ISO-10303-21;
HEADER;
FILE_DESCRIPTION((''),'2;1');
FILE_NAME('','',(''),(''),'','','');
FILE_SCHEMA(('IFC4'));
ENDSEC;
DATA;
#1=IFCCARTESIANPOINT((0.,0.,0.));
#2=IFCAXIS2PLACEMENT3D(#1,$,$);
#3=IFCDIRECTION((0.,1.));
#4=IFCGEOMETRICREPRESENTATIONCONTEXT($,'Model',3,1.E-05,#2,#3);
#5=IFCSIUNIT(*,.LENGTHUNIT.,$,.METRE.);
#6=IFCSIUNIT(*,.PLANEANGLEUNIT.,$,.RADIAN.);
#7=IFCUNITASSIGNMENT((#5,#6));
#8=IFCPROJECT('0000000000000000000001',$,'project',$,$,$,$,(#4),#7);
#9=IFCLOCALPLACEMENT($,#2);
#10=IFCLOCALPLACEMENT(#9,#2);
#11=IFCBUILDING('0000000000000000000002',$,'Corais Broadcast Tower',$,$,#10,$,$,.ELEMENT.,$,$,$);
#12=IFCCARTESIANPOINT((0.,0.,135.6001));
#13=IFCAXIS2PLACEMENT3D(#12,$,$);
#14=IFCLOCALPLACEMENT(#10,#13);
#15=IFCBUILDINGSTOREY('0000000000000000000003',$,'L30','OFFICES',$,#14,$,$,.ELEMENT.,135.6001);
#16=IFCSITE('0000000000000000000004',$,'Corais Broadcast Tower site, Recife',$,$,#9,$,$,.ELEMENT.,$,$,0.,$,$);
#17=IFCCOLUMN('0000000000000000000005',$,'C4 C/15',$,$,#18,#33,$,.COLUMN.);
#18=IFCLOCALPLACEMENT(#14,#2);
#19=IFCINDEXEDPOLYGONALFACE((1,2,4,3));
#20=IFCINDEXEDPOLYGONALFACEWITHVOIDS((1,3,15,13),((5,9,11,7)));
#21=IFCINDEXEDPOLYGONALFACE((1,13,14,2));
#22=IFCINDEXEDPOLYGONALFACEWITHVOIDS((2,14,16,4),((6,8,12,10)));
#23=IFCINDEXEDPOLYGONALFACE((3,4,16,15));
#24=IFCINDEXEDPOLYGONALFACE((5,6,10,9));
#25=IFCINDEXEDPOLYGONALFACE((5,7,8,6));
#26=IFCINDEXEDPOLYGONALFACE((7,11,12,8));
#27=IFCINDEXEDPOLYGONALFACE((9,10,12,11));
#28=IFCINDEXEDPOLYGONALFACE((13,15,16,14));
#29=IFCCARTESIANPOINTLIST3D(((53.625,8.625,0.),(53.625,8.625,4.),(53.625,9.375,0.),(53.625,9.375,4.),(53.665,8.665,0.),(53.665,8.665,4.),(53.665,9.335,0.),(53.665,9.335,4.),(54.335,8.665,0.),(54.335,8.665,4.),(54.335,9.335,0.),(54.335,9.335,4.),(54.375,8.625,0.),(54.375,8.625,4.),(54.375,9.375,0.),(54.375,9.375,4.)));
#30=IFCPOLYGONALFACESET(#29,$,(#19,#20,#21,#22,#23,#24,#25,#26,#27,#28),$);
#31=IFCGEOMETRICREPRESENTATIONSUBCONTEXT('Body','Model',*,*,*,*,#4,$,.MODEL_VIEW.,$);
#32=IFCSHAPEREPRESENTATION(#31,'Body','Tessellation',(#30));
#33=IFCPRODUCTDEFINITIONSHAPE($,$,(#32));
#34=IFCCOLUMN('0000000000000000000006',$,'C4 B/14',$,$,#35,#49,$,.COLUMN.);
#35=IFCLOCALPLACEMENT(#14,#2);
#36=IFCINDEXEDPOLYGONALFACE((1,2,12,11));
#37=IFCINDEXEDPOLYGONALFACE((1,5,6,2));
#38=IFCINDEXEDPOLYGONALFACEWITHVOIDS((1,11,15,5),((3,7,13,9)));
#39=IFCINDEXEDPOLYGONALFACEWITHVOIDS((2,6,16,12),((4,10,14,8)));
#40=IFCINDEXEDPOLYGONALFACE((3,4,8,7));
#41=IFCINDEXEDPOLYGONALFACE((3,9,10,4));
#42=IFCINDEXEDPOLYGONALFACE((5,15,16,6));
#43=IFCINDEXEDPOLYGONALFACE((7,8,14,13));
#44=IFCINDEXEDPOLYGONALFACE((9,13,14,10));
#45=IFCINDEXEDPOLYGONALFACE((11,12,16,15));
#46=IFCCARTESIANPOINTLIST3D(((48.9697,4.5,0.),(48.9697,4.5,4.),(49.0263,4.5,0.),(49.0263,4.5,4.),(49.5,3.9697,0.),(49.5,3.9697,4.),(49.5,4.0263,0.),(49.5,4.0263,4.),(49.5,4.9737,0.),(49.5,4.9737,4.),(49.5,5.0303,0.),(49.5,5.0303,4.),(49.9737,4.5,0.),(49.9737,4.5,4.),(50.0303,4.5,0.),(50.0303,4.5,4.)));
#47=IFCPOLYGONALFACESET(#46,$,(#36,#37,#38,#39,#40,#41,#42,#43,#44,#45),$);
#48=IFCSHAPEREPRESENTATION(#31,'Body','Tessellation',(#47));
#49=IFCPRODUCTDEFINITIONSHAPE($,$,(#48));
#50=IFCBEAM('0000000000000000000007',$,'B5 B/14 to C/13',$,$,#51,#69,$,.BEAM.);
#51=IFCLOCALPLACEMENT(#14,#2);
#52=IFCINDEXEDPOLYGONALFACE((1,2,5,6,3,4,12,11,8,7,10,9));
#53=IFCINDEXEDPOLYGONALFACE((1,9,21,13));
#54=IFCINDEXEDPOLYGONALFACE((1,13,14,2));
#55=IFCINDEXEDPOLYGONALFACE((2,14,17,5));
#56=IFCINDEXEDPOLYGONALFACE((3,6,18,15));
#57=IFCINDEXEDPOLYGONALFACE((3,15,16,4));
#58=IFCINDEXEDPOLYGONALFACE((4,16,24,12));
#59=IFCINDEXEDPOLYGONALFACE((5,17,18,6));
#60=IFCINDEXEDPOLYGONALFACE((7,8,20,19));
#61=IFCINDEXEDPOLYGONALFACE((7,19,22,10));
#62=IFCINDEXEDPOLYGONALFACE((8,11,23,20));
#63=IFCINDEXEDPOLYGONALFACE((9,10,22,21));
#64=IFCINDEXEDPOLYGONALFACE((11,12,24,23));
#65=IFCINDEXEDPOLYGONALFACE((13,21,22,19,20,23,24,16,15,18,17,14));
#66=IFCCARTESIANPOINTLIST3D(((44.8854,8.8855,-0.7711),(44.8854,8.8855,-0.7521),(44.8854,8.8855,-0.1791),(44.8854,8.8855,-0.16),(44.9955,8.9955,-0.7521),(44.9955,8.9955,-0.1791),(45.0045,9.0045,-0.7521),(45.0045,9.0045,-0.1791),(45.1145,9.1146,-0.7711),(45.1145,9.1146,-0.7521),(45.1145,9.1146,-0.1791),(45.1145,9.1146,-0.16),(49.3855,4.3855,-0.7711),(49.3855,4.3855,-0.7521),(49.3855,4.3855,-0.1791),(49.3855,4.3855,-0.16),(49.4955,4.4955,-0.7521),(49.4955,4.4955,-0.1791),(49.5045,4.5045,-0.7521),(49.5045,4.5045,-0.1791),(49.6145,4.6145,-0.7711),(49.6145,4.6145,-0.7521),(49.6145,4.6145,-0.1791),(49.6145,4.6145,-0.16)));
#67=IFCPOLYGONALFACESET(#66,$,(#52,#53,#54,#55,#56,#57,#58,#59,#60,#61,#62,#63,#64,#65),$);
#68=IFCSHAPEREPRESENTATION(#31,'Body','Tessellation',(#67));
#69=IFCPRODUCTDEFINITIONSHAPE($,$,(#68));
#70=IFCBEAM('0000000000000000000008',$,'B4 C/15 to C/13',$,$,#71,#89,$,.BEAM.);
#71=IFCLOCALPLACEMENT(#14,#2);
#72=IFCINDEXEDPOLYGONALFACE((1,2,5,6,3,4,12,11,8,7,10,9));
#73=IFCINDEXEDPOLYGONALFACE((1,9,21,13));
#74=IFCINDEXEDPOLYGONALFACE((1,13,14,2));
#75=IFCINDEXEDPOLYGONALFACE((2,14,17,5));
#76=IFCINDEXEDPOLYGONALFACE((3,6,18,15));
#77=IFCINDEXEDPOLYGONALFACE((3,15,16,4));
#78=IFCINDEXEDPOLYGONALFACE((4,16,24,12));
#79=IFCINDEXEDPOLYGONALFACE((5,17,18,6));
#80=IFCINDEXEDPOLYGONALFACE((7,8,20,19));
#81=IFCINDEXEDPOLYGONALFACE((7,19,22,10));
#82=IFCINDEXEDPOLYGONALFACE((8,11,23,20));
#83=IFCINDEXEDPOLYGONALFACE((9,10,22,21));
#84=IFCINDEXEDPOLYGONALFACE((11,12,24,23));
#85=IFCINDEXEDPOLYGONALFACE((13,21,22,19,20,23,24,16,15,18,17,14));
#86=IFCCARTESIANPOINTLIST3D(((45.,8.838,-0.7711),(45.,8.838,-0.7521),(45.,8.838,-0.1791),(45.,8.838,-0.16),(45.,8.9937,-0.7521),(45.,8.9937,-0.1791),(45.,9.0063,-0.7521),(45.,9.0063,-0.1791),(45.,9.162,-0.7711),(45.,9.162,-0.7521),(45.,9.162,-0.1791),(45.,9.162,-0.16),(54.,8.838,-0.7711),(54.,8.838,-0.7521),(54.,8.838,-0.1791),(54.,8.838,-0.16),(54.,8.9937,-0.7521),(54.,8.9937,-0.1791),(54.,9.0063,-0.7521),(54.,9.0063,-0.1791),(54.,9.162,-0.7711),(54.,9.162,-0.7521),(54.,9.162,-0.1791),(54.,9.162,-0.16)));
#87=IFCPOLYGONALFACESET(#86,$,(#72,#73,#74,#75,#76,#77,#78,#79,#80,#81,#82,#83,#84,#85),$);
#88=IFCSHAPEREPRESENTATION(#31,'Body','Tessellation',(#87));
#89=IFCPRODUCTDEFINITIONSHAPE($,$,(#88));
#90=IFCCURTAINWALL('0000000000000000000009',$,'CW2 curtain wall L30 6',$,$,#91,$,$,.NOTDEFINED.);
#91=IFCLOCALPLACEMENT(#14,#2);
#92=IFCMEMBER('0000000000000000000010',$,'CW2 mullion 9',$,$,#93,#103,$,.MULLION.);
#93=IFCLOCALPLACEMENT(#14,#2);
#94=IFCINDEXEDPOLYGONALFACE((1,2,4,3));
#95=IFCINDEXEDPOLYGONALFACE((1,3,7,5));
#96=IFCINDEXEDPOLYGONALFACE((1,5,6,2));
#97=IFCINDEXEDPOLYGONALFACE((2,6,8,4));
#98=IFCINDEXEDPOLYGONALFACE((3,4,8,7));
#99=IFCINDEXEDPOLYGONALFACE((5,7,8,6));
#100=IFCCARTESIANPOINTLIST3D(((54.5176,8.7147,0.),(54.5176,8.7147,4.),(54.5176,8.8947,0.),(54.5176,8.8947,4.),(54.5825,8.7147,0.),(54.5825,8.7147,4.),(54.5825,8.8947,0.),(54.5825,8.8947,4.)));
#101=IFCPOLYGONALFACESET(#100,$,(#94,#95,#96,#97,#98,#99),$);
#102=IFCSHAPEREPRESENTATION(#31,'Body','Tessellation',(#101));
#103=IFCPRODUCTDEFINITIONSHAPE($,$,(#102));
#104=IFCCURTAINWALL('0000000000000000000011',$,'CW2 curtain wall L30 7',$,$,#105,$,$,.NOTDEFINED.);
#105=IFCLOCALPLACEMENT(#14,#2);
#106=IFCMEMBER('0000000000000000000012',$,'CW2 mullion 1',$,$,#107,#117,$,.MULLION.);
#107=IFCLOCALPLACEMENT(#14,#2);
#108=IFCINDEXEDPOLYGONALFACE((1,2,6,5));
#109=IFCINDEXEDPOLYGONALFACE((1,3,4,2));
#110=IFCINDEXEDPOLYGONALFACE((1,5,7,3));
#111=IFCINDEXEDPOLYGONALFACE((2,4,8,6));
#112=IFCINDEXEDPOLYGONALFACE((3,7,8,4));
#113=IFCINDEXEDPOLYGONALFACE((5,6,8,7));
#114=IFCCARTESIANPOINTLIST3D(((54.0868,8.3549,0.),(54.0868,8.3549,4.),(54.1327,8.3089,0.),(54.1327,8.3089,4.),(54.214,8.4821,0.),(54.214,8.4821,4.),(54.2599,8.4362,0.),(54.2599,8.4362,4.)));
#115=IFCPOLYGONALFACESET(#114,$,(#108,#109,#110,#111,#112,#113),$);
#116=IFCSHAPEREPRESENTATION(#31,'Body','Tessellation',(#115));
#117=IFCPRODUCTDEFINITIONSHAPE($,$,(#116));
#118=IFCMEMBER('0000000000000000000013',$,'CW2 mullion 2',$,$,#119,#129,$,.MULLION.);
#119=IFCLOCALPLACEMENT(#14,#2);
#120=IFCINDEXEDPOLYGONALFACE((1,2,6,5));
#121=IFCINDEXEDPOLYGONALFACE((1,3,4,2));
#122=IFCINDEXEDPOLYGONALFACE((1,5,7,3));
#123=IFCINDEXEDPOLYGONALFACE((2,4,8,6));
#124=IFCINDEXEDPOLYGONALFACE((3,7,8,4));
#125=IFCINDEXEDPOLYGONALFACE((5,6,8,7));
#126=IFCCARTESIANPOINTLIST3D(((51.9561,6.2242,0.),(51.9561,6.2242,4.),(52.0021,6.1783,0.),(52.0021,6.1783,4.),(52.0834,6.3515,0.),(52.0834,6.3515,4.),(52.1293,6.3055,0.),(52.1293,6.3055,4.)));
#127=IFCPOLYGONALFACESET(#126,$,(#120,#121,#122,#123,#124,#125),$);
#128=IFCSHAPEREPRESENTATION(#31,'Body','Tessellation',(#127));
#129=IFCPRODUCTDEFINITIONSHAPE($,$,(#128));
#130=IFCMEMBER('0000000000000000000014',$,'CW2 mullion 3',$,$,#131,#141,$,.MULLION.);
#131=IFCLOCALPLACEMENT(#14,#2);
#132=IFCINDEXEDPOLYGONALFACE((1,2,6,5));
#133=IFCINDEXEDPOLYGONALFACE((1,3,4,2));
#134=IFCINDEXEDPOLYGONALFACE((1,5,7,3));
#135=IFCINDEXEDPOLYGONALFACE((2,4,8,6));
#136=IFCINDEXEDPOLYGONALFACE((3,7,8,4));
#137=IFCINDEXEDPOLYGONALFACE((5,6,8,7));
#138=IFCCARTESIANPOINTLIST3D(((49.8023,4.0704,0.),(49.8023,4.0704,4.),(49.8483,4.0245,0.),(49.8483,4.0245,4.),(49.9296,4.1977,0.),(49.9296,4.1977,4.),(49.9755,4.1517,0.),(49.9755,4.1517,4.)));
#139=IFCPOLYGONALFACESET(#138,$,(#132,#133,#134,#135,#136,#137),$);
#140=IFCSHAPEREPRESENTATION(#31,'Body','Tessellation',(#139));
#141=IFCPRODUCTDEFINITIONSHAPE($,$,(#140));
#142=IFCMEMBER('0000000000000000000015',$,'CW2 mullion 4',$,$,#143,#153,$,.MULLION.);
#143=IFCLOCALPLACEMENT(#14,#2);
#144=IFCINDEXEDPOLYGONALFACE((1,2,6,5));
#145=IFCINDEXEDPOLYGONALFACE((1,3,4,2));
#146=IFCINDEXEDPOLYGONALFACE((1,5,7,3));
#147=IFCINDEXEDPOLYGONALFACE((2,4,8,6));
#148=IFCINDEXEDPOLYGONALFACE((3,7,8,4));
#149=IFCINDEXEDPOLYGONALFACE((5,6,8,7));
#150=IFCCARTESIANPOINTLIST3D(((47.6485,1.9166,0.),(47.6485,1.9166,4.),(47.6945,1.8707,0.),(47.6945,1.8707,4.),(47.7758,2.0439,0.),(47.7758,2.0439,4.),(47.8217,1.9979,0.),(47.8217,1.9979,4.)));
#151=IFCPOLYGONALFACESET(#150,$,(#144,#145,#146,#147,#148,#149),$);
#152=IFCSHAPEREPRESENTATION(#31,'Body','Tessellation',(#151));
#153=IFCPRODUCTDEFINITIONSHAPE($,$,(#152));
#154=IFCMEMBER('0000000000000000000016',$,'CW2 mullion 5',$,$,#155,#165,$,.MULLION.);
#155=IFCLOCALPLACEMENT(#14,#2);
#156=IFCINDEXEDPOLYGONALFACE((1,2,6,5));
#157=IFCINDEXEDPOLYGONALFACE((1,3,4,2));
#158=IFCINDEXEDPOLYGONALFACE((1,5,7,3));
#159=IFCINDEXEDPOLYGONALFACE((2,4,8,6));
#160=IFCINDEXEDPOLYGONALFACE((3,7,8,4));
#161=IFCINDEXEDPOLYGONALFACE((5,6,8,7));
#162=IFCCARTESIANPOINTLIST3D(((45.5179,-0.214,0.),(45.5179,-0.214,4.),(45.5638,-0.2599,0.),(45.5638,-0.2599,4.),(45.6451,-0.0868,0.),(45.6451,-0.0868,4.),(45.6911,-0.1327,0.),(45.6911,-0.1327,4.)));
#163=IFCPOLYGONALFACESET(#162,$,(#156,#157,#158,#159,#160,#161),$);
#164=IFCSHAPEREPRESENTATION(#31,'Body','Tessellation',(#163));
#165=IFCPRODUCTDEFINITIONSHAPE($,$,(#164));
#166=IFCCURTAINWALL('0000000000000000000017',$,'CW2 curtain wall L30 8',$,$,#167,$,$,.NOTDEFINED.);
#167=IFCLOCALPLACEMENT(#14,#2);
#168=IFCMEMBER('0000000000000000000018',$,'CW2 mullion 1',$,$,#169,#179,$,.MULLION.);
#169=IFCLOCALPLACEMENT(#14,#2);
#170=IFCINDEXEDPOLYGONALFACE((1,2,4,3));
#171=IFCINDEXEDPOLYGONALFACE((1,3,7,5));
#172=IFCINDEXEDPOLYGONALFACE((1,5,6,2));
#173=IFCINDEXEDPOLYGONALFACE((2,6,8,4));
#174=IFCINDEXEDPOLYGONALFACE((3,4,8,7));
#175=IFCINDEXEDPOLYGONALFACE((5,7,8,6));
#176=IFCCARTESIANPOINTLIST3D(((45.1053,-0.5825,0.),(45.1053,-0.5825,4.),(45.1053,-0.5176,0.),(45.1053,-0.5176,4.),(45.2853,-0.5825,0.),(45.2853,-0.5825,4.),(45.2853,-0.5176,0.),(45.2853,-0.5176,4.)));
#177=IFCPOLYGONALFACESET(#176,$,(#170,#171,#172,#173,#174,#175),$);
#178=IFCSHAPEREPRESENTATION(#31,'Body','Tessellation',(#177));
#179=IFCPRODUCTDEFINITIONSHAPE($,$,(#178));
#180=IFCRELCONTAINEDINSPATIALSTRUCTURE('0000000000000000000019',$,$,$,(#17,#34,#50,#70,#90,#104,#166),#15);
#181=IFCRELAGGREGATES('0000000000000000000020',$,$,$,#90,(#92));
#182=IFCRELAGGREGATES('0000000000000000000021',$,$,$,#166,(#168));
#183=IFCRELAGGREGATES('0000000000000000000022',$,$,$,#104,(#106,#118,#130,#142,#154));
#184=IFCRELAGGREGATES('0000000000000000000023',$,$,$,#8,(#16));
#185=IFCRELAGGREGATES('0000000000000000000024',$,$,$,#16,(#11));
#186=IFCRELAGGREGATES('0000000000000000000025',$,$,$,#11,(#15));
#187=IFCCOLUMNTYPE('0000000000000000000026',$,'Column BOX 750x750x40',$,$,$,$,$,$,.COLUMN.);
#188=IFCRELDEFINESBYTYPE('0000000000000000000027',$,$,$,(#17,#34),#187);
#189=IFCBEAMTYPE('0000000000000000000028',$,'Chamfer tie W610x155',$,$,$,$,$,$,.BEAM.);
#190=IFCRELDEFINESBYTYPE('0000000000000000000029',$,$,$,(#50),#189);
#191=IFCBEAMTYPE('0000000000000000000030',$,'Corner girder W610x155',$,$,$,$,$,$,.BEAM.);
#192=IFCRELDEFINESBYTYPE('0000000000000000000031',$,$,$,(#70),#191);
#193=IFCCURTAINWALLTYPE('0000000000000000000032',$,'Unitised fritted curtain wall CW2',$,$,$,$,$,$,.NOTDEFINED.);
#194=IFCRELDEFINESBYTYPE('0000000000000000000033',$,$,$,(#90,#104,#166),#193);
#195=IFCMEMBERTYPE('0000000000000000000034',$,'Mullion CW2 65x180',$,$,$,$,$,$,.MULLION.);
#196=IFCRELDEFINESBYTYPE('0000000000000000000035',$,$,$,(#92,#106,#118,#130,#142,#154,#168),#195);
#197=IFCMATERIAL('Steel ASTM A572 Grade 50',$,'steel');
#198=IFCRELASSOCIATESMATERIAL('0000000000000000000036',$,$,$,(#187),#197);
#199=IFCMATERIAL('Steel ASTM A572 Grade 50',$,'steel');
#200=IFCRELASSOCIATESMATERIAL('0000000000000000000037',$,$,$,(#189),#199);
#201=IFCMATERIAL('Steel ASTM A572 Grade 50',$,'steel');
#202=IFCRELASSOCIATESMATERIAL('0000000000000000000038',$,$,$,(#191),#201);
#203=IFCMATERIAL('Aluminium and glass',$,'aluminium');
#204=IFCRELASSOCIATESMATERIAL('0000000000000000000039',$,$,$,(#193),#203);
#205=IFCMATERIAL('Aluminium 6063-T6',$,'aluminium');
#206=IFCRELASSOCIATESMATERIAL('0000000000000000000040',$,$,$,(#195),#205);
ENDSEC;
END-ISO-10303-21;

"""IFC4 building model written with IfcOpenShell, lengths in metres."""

from ifc_helpers import new_model, si_unit, direction, frame, origin, origin_2d, place, context, subcontext, project, spatial, rectangle, hollow_rectangle, i_section, extrude, material, material_profile, profile_set, type_object, element, aggregate, save


model = new_model("IFC4")

# Units and contexts
model_context = context("Model", 3, precision=1e-05, world=origin(), true_north=direction((0.0, 1.0)))
body_context = subcontext(model_context, "Body", "Model", "MODEL_VIEW")
ifc_project = project(units=[si_unit("LENGTHUNIT", "METRE"), si_unit("PLANEANGLEUNIT", "RADIAN")], contexts=[model_context])

# Site, building, storey
site_placement = place(None, origin())
site = spatial("IfcSite", under=ifc_project, at=site_placement, Name="Corais Broadcast Tower site, Recife", CompositionType="ELEMENT", RefElevation=0.0)
building_placement = place(site_placement, origin())
building = spatial("IfcBuilding", under=site, at=building_placement, Name="Corais Broadcast Tower", CompositionType="ELEMENT")
storey_placement = place(building_placement, frame((0.0, 0.0, 135.6001)))
storey = spatial("IfcBuildingStorey", under=building, at=storey_placement, Name="L30", Description="OFFICES", CompositionType="ELEMENT", Elevation=135.6001)

# Columns
ifc_material_1 = material(Name="Steel ASTM A572 Grade 50", Category="steel")
ifc_material_profile_1 = material_profile(ifc_material_1, hollow_rectangle(XDim=0.75, YDim=0.75, WallThickness=0.04, at=origin_2d()), Name="BOX 750x750x40")
ifc_profile_set_1 = profile_set([ifc_material_profile_1], Name="Steel ASTM A572 Grade 50")
column_type = type_object("IfcColumnType", Name="Column BOX 750x750x40", PredefinedType="COLUMN", material=ifc_profile_set_1)
for number, where, z_axis, x_axis, name in (
    (1, (54.0, 9.0, 0.0), (0.0, 0.0, 1.0), (1.0, 0.0, 0.0), "C4 C/15"),
    (2, (49.5, 4.5, 0.0), (0.0, 0.0, 1.0), (0.707107, 0.707107, 0.0), "C4 B/14"),
):
    element("IfcColumn", number, at=place(storey_placement, frame(where, z_axis=z_axis, x_axis=x_axis)), inside=storey, type_object=column_type, Name=name, PredefinedType="COLUMN", context=body_context, shape_type="SweptSolid", body=[
        extrude(hollow_rectangle(XDim=0.75, YDim=0.75, WallThickness=0.04, at=origin_2d()), origin(), (0.0, 0.0, 1.0), 4.0),
    ])

# Beams
ifc_material_2 = material(Name="Steel ASTM A572 Grade 50", Category="steel")
ifc_material_profile_2 = material_profile(ifc_material_2, i_section(OverallWidth=0.324, OverallDepth=0.6111, WebThickness=0.0127, FlangeThickness=0.019, at=origin_2d()), Name="W610x155")
ifc_profile_set_2 = profile_set([ifc_material_profile_2], Name="Steel ASTM A572 Grade 50")
beam_type_1 = type_object("IfcBeamType", Name="Chamfer tie W610x155", PredefinedType="BEAM", material=ifc_profile_set_2)
beam_1_placement = place(storey_placement, frame((49.5, 4.5, -0.4656), z_axis=(-0.707107, 0.707107, 0.0), x_axis=(-0.707107, -0.707107, 0.0)))
element("IfcBeam", 3, at=beam_1_placement, inside=storey, type_object=beam_type_1, Name="B5 B/14 to C/13", PredefinedType="BEAM", context=body_context, shape_type="SweptSolid", body=[
    extrude(i_section(OverallWidth=0.324, OverallDepth=0.6111, WebThickness=0.0127, FlangeThickness=0.019, at=origin_2d()), origin(), (0.0, 0.0, 1.0), 6.364),
])
ifc_material_3 = material(Name="Steel ASTM A572 Grade 50", Category="steel")
ifc_material_profile_3 = material_profile(ifc_material_3, i_section(OverallWidth=0.324, OverallDepth=0.6111, WebThickness=0.0127, FlangeThickness=0.019, at=origin_2d()), Name="W610x155")
ifc_profile_set_3 = profile_set([ifc_material_profile_3], Name="Steel ASTM A572 Grade 50")
beam_type_2 = type_object("IfcBeamType", Name="Corner girder W610x155", PredefinedType="BEAM", material=ifc_profile_set_3)
beam_2_placement = place(storey_placement, frame((54.0, 9.0, -0.4656), z_axis=(-1.0, 0.0, 0.0), x_axis=(0.0, -1.0, 0.0)))
element("IfcBeam", 4, at=beam_2_placement, inside=storey, type_object=beam_type_2, Name="B4 C/15 to C/13", PredefinedType="BEAM", context=body_context, shape_type="SweptSolid", body=[
    extrude(i_section(OverallWidth=0.324, OverallDepth=0.6111, WebThickness=0.0127, FlangeThickness=0.019, at=origin_2d()), origin(), (0.0, 0.0, 1.0), 9.0),
])

# Curtain wall, member
ifc_material_4 = material(Name="Aluminium and glass", Category="aluminium")
curtain_wall_type = type_object("IfcCurtainWallType", Name="Unitised fritted curtain wall CW2", PredefinedType="NOTDEFINED", material=ifc_material_4)
curtain_wall_1_placement = place(storey_placement, origin())
curtain_wall_1 = element("IfcCurtainWall", 5, at=curtain_wall_1_placement, inside=storey, type_object=curtain_wall_type, Name="CW2 curtain wall L30 6", PredefinedType="NOTDEFINED")
ifc_material_5 = material(Name="Aluminium 6063-T6", Category="aluminium")
ifc_material_profile_4 = material_profile(ifc_material_5, rectangle(XDim=0.0649, YDim=0.1799, at=origin_2d()), Name="Mullion CW2 65x180")
ifc_profile_set_4 = profile_set([ifc_material_profile_4], Name="Aluminium 6063-T6")
member_type_1 = type_object("IfcMemberType", Name="Mullion CW2 65x180", PredefinedType="MULLION", material=ifc_profile_set_4)
member_1_placement = place(storey_placement, frame((54.55, 8.8047, 0.0), z_axis=(0.0, 0.0, 1.0), x_axis=(1.0, 0.0, 0.0)))
member_1 = element("IfcMember", 6, at=member_1_placement, type_object=member_type_1, Name="CW2 mullion 9", PredefinedType="MULLION", context=body_context, shape_type="SweptSolid", body=[
    extrude(rectangle(XDim=0.0649, YDim=0.1799, at=origin_2d()), origin(), (0.0, 0.0, 1.0), 4.0),
])
aggregate(curtain_wall_1, [member_1])

# Curtain wall, members
curtain_wall_2_placement = place(storey_placement, origin())
curtain_wall_2 = element("IfcCurtainWall", 7, at=curtain_wall_2_placement, inside=storey, type_object=curtain_wall_type, Name="CW2 curtain wall L30 7", PredefinedType="NOTDEFINED")
member_2_placement = place(storey_placement, frame((54.1733, 8.3955, 0.0), z_axis=(0.0, 0.0, 1.0), x_axis=(0.707107, -0.707107, 0.0)))
member_2 = element("IfcMember", 8, at=member_2_placement, type_object=member_type_1, Name="CW2 mullion 1", PredefinedType="MULLION", context=body_context, shape_type="SweptSolid", body=[
    extrude(rectangle(XDim=0.0649, YDim=0.1799, at=origin_2d()), origin(), (0.0, 0.0, 1.0), 4.0),
])
member_3_placement = place(storey_placement, frame((52.0427, 6.2649, 0.0), z_axis=(0.0, 0.0, 1.0), x_axis=(0.707107, -0.707107, 0.0)))
member_3 = element("IfcMember", 9, at=member_3_placement, type_object=member_type_1, Name="CW2 mullion 2", PredefinedType="MULLION", context=body_context, shape_type="SweptSolid", body=[
    extrude(rectangle(XDim=0.0649, YDim=0.1799, at=origin_2d()), origin(), (0.0, 0.0, 1.0), 4.0),
])
member_4_placement = place(storey_placement, frame((49.8889, 4.1111, 0.0), z_axis=(0.0, 0.0, 1.0), x_axis=(0.707107, -0.707107, 0.0)))
member_4 = element("IfcMember", 10, at=member_4_placement, type_object=member_type_1, Name="CW2 mullion 3", PredefinedType="MULLION", context=body_context, shape_type="SweptSolid", body=[
    extrude(rectangle(XDim=0.0649, YDim=0.1799, at=origin_2d()), origin(), (0.0, 0.0, 1.0), 4.0),
])
member_5_placement = place(storey_placement, frame((47.7351, 1.9573, 0.0), z_axis=(0.0, 0.0, 1.0), x_axis=(0.707107, -0.707107, 0.0)))
member_5 = element("IfcMember", 11, at=member_5_placement, type_object=member_type_1, Name="CW2 mullion 4", PredefinedType="MULLION", context=body_context, shape_type="SweptSolid", body=[
    extrude(rectangle(XDim=0.0649, YDim=0.1799, at=origin_2d()), origin(), (0.0, 0.0, 1.0), 4.0),
])
member_6_placement = place(storey_placement, frame((45.6045, -0.1733, 0.0), z_axis=(0.0, 0.0, 1.0), x_axis=(0.707107, -0.707107, 0.0)))
member_6 = element("IfcMember", 12, at=member_6_placement, type_object=member_type_1, Name="CW2 mullion 5", PredefinedType="MULLION", context=body_context, shape_type="SweptSolid", body=[
    extrude(rectangle(XDim=0.0649, YDim=0.1799, at=origin_2d()), origin(), (0.0, 0.0, 1.0), 4.0),
])

# Curtain wall, member
curtain_wall_3_placement = place(storey_placement, origin())
curtain_wall_3 = element("IfcCurtainWall", 13, at=curtain_wall_3_placement, inside=storey, type_object=curtain_wall_type, Name="CW2 curtain wall L30 8", PredefinedType="NOTDEFINED")
member_7_placement = place(storey_placement, frame((45.1953, -0.55, 0.0), z_axis=(0.0, 0.0, 1.0), x_axis=(0.0, -1.0, 0.0)))
member_7 = element("IfcMember", 14, at=member_7_placement, type_object=member_type_1, Name="CW2 mullion 1", PredefinedType="MULLION", context=body_context, shape_type="SweptSolid", body=[
    extrude(rectangle(XDim=0.0649, YDim=0.1799, at=origin_2d()), origin(), (0.0, 0.0, 1.0), 4.0),
])

aggregate(curtain_wall_3, [member_7])

aggregate(curtain_wall_2, [member_2, member_3, member_4, member_5, member_6])

save(model, "model.ifc")
